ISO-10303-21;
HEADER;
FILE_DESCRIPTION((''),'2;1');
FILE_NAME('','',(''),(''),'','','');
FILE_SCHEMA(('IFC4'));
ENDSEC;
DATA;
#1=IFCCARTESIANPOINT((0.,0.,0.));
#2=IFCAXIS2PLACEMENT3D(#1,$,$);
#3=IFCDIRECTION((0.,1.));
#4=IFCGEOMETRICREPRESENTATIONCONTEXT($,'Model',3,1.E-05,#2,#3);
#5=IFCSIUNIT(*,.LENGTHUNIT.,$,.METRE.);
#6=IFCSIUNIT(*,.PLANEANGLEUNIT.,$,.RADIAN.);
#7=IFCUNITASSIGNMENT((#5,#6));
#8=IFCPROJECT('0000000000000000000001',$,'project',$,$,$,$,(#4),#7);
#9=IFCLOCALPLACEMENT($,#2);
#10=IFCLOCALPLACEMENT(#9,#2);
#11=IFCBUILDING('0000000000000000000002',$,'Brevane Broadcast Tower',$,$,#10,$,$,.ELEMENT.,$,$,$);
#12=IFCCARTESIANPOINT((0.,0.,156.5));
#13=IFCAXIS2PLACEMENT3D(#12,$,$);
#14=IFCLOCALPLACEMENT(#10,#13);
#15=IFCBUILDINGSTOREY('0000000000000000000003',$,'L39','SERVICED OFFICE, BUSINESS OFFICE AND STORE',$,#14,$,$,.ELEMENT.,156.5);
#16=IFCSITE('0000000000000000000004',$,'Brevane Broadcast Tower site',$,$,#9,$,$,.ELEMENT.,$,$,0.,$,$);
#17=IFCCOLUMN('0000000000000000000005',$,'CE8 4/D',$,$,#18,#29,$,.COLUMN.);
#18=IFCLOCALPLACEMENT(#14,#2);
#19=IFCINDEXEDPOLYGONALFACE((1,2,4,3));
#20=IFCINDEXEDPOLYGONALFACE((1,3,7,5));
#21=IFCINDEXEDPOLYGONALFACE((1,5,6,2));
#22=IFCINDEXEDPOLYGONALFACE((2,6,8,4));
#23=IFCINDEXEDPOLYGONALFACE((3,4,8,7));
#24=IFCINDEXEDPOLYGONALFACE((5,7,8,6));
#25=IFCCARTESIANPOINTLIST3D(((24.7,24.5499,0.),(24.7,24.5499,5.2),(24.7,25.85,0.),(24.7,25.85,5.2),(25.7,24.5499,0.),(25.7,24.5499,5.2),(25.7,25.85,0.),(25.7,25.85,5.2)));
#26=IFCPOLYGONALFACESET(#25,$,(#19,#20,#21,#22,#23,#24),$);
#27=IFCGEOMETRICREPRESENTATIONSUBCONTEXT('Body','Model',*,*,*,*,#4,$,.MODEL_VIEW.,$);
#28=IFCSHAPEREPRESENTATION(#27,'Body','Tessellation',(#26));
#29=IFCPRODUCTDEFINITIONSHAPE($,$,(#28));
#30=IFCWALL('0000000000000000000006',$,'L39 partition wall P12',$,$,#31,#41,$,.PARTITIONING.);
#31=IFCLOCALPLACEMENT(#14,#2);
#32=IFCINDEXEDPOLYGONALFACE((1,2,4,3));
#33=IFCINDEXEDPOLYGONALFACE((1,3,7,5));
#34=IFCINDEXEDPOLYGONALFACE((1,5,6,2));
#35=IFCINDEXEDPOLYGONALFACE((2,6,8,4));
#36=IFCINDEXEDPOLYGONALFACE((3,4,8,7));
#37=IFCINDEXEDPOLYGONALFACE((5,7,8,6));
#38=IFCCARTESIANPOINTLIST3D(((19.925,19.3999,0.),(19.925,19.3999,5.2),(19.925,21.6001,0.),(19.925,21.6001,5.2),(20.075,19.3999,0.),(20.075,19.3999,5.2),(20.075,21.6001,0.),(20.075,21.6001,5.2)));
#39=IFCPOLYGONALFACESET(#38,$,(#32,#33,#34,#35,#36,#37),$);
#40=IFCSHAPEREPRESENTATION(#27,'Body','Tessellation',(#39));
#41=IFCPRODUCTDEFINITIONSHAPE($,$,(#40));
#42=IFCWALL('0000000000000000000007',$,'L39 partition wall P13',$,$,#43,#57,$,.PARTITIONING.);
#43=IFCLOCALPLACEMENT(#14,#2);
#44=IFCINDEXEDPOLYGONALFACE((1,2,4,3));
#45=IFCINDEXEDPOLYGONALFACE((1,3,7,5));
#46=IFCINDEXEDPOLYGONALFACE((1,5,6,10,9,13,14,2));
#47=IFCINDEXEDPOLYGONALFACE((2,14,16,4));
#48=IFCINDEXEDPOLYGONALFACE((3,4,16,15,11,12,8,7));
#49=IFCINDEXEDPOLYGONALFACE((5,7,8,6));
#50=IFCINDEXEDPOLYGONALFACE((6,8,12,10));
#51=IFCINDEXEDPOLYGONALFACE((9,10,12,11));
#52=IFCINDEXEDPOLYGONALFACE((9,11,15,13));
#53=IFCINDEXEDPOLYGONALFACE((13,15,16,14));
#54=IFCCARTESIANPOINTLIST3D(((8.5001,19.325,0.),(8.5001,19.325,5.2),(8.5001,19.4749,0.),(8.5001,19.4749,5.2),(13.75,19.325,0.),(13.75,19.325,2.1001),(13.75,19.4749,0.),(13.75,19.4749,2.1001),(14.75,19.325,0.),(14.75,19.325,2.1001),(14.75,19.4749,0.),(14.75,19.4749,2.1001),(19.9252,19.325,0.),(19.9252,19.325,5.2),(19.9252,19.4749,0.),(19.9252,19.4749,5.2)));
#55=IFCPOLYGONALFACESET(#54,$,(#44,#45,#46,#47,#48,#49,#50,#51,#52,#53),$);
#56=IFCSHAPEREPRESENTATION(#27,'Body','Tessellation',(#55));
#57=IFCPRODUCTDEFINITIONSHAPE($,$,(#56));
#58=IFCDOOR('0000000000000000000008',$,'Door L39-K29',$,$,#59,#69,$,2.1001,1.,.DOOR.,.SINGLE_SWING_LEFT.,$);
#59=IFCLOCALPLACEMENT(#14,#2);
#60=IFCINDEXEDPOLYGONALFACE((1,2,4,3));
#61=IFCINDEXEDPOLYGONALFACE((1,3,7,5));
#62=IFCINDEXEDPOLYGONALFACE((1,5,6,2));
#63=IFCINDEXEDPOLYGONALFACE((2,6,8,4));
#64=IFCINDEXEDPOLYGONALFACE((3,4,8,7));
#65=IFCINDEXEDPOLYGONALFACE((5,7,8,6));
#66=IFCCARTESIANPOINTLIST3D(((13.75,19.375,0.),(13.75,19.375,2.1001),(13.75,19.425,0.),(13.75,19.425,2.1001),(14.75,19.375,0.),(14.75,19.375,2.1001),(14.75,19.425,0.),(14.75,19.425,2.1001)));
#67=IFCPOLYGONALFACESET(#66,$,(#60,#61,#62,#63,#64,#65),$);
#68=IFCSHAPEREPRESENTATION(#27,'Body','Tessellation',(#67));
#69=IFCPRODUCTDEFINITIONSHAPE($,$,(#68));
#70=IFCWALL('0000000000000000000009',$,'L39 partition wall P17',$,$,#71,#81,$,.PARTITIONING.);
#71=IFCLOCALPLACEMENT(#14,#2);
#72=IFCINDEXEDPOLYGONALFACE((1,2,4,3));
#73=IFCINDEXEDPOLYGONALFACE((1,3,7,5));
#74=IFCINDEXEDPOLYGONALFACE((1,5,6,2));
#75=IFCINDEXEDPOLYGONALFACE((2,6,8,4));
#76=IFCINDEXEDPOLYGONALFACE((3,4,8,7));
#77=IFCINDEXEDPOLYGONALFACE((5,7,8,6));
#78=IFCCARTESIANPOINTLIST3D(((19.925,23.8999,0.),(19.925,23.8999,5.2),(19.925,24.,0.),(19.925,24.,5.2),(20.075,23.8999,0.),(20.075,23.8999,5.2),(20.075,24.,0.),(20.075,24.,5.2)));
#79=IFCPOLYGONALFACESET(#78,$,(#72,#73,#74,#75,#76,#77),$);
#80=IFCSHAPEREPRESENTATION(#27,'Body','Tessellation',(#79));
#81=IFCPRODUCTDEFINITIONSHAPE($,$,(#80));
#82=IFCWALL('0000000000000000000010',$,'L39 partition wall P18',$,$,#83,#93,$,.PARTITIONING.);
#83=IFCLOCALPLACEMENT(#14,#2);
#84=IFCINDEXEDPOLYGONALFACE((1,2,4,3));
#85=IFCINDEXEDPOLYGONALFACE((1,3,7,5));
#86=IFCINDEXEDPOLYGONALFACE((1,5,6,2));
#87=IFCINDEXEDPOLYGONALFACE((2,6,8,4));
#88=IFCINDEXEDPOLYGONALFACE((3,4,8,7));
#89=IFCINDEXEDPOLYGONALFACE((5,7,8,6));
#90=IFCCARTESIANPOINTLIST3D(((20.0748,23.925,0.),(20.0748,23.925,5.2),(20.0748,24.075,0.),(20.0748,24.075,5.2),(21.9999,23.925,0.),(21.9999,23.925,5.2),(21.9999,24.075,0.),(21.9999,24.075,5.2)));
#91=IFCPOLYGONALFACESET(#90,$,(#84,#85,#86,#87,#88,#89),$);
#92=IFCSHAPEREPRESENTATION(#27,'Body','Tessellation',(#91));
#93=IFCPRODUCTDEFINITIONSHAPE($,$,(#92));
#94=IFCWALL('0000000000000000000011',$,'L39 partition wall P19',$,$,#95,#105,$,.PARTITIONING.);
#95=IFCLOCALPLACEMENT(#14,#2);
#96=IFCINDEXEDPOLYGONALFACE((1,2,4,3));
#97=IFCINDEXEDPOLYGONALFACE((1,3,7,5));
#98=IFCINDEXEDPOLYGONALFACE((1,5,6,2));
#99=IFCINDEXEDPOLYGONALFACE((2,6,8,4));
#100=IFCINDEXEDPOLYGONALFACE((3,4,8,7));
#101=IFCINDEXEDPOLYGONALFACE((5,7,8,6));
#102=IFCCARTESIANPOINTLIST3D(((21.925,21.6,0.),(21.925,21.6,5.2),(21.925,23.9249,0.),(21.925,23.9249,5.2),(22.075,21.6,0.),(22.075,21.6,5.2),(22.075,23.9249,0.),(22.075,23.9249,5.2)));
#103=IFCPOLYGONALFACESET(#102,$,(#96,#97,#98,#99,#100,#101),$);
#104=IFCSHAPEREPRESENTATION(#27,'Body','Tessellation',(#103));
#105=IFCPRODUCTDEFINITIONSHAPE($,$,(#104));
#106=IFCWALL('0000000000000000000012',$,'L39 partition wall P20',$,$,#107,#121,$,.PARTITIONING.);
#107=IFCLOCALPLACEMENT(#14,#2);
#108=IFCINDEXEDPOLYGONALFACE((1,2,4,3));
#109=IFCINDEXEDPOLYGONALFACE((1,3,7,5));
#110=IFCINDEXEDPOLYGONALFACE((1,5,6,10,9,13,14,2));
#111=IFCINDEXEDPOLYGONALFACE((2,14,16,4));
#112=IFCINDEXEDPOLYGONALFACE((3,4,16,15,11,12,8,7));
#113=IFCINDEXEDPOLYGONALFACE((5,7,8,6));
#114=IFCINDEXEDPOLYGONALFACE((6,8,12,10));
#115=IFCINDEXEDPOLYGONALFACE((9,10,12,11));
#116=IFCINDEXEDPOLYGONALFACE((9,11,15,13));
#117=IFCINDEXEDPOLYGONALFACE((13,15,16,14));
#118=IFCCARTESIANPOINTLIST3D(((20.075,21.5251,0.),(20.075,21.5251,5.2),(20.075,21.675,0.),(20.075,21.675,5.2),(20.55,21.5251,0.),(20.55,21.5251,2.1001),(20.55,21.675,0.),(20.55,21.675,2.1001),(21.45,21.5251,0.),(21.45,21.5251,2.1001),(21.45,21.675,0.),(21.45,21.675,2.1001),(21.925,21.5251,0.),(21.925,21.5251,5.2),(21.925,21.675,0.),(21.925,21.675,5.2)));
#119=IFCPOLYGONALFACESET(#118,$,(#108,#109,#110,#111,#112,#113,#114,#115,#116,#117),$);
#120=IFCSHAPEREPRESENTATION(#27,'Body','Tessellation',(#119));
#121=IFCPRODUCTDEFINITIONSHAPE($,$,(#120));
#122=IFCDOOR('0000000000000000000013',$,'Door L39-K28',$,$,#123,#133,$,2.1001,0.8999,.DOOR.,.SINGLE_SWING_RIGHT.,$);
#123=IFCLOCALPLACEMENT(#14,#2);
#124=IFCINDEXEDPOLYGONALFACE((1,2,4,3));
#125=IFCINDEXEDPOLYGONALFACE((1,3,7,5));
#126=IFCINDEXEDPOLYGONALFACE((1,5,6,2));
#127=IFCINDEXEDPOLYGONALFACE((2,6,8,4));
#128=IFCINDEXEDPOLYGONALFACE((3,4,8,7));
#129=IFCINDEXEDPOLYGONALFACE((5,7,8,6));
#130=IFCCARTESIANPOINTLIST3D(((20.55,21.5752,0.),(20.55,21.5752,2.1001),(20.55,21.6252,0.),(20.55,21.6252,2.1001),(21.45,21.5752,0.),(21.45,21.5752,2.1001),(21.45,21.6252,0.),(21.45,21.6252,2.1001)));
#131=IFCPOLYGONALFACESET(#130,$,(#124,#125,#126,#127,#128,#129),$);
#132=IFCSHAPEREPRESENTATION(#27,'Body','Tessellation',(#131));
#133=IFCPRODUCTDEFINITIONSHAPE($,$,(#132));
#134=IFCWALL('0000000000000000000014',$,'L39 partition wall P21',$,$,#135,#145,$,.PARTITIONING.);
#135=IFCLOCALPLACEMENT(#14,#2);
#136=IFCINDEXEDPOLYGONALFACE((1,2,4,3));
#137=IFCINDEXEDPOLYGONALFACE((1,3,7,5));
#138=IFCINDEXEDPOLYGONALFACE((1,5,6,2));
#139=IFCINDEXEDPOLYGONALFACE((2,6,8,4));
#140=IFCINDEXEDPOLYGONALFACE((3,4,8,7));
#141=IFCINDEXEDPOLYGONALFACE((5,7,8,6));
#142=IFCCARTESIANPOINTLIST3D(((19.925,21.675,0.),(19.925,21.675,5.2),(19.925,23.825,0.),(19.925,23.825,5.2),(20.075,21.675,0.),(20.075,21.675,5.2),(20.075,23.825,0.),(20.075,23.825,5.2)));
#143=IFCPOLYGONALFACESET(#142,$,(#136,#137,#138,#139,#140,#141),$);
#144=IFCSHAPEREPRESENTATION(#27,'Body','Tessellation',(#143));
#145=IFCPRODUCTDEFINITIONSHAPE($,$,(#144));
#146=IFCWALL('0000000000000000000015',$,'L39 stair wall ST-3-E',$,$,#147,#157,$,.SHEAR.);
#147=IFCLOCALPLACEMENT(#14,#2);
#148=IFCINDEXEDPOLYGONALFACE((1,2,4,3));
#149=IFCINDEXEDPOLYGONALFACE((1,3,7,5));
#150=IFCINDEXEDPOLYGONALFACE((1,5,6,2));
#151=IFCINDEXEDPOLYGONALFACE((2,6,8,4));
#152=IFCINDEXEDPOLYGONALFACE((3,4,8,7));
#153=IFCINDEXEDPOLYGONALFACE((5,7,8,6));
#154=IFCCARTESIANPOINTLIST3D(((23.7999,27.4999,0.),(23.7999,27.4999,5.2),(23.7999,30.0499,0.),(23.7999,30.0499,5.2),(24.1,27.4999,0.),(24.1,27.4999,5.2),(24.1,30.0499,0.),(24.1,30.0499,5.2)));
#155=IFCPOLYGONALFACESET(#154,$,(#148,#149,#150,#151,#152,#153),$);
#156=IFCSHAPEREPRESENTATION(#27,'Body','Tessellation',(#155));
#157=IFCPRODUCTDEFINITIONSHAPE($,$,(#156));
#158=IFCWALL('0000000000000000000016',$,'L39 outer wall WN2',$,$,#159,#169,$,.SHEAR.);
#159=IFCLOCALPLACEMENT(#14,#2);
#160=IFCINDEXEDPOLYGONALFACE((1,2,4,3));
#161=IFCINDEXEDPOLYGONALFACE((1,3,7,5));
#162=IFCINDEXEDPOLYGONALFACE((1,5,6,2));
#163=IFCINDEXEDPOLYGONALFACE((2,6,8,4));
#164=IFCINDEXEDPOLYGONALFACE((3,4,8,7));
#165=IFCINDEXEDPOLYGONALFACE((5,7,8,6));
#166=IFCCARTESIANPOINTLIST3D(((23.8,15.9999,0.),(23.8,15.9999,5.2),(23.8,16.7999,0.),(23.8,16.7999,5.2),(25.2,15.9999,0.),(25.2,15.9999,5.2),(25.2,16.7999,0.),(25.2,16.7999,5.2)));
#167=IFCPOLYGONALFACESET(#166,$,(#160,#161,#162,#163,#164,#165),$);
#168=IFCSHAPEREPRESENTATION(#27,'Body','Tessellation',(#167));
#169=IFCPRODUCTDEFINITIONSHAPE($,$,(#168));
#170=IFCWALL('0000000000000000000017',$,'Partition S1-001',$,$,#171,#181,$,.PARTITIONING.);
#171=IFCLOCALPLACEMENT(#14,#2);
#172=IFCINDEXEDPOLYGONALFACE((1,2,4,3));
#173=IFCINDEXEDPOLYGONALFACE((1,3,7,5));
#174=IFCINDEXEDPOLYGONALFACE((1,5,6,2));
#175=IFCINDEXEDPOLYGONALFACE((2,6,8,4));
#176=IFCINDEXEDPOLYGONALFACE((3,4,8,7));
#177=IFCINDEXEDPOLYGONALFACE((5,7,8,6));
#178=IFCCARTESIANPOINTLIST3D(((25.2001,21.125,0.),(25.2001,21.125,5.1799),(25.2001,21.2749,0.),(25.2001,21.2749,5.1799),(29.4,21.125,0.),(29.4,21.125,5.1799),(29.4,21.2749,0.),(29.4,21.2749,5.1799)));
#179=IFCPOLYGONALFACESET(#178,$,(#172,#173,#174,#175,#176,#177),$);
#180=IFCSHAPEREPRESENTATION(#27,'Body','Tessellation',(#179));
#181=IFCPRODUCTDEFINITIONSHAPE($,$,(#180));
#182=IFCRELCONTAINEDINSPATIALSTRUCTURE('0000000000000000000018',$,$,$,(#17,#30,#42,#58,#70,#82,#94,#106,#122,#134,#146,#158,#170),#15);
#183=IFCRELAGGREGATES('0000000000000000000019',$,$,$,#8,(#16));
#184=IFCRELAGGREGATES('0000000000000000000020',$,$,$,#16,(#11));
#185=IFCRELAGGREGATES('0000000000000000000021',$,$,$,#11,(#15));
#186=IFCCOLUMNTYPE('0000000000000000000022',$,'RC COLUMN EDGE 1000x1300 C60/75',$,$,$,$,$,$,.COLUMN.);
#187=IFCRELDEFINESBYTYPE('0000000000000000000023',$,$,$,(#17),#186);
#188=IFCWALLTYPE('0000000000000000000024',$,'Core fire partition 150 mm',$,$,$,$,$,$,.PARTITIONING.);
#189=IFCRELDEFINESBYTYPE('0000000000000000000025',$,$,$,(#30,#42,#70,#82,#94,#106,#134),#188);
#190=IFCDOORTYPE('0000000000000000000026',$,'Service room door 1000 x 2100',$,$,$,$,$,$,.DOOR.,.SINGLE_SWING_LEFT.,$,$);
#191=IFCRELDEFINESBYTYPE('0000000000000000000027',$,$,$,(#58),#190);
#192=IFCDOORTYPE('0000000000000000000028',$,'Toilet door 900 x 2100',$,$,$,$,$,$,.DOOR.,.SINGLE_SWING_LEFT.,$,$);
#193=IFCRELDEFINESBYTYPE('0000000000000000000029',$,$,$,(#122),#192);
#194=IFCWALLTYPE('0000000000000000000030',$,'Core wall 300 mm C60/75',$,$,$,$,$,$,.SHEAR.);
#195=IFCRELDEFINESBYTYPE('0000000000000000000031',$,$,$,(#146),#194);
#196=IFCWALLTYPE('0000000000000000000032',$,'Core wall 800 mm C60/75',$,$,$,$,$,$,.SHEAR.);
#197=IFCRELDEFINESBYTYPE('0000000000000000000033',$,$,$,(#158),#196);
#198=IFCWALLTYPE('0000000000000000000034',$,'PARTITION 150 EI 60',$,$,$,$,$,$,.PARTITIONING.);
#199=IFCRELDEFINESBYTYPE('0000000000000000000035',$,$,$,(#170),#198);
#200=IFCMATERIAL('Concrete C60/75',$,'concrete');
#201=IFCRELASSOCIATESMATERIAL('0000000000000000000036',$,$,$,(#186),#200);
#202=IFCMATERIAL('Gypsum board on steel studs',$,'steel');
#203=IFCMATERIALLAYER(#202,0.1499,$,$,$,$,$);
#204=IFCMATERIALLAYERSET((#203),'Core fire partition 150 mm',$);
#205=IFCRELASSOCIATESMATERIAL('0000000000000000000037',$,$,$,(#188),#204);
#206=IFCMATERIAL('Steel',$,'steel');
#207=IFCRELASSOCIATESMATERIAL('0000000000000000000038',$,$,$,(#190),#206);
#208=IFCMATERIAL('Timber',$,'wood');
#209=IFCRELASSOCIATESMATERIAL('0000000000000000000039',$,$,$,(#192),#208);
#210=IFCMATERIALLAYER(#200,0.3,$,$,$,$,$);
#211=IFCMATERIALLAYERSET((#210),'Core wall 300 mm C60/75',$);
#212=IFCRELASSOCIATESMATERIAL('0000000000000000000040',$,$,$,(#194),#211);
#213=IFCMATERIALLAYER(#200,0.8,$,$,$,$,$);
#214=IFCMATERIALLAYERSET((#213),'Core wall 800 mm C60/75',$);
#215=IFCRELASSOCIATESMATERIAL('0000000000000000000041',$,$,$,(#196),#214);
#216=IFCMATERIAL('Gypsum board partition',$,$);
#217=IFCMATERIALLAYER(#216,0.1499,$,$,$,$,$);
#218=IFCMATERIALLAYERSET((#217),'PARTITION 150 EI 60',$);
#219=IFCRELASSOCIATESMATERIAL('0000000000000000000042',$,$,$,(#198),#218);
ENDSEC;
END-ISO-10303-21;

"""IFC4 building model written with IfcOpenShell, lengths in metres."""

from ifc_helpers import new_model, si_unit, direction, frame, frame_2d, origin, origin_2d, place, context, subcontext, project, spatial, rectangle, extrude, material, layer, layer_set, material_profile, profile_set, type_object, element, fill, save


model = new_model("IFC4")

# Units and contexts
model_context = context("Model", 3, precision=1e-05, world=origin(), true_north=direction((0.0, 1.0)))
body_context = subcontext(model_context, "Body", "Model", "MODEL_VIEW")
ifc_project = project(units=[si_unit("LENGTHUNIT", "METRE"), si_unit("PLANEANGLEUNIT", "RADIAN")], contexts=[model_context])

# Site, building, storey
site_placement = place(None, origin())
site = spatial("IfcSite", under=ifc_project, at=site_placement, Name="Brevane Broadcast Tower site", CompositionType="ELEMENT", RefElevation=0.0)
building_placement = place(site_placement, origin())
building = spatial("IfcBuilding", under=site, at=building_placement, Name="Brevane Broadcast Tower", CompositionType="ELEMENT")
storey_placement = place(building_placement, frame((0.0, 0.0, 156.5)))
storey = spatial("IfcBuildingStorey", under=building, at=storey_placement, Name="L39", Description="SERVICED OFFICE, BUSINESS OFFICE AND STORE", CompositionType="ELEMENT", Elevation=156.5)

# Column
ifc_material_1 = material(Name="Concrete C60/75", Category="concrete")
ifc_material_profile = material_profile(ifc_material_1, rectangle(XDim=1.0, YDim=1.3, at=origin_2d()), Name="RC 1000x1300")
ifc_profile_set = profile_set([ifc_material_profile], Name="Concrete C60/75")
column_type = type_object("IfcColumnType", Name="RC COLUMN EDGE 1000x1300 C60/75", PredefinedType="COLUMN", material=ifc_profile_set)
column_placement = place(storey_placement, frame((25.2, 25.2, 0.0), z_axis=(0.0, 0.0, 1.0), x_axis=(1.0, 0.0, 0.0)))
element("IfcColumn", 1, at=column_placement, inside=storey, type_object=column_type, Name="CE8 4/D", PredefinedType="COLUMN", context=body_context, shape_type="SweptSolid", body=[
    extrude(rectangle(XDim=1.0, YDim=1.3, at=origin_2d()), origin(), (0.0, 0.0, 1.0), 5.2),
])

# Wall
ifc_material_2 = material(Name="Gypsum board on steel studs", Category="steel")
ifc_layer_1 = layer(ifc_material_2, 0.1499)
ifc_layer_set_1 = layer_set([ifc_layer_1], Name="Core fire partition 150 mm")
wall_type_1 = type_object("IfcWallType", Name="Core fire partition 150 mm", PredefinedType="PARTITIONING", material=ifc_layer_set_1)
wall_1_placement = place(storey_placement, frame((20.0, 21.6001, 0.0), z_axis=(0.0, 0.0, 1.0), x_axis=(0.0, -1.0, 0.0)))
element("IfcWall", 2, at=wall_1_placement, inside=storey, type_object=wall_type_1, Name="L39 partition wall P12", PredefinedType="PARTITIONING", context=body_context, shape_type="SweptSolid", body=[
    extrude(rectangle(XDim=2.2002, YDim=0.1499, at=frame_2d((1.1001, 0.0))), origin(), (0.0, 0.0, 1.0), 5.2),
])

# Wall, opening, door
wall_2_placement = place(storey_placement, frame((19.925, 19.3999, 0.0), z_axis=(0.0, 0.0, 1.0), x_axis=(-1.0, 0.0, 0.0)))
wall_2 = element("IfcWall", 3, at=wall_2_placement, inside=storey, type_object=wall_type_1, Name="L39 partition wall P13", PredefinedType="PARTITIONING", context=body_context, shape_type="SweptSolid", body=[
    extrude(rectangle(XDim=11.425, YDim=0.1499, at=frame_2d((5.7124, 0.0))), origin(), (0.0, 0.0, 1.0), 5.2),
])
opening_1_placement = place(wall_2_placement, frame((5.175, 0.0, 0.0)))
opening_1 = element("IfcOpeningElement", 4, at=opening_1_placement, cuts=wall_2, PredefinedType="OPENING", context=body_context, shape_type="SweptSolid", body=[
    extrude(rectangle(XDim=1.0, YDim=2.1001, at=frame_2d((0.5, 1.05))), frame((0.0, 0.085, 0.0), z_axis=(0.0, -1.0, 0.0), x_axis=(1.0, 0.0, 0.0)), (0.0, 0.0, 1.0), 0.1699),
])
ifc_material_3 = material(Name="Steel", Category="steel")
door_type_1 = type_object("IfcDoorType", Name="Service room door 1000 x 2100", OperationType="SINGLE_SWING_LEFT", PredefinedType="DOOR", material=ifc_material_3)
door_1_placement = place(opening_1_placement, origin())
door_1 = element("IfcDoor", 5, at=door_1_placement, inside=storey, type_object=door_type_1, Name="Door L39-K29", OperationType="SINGLE_SWING_LEFT", OverallHeight=2.1001, OverallWidth=1.0, PredefinedType="DOOR", context=body_context, shape_type="SweptSolid", body=[
    extrude(rectangle(XDim=1.0, YDim=2.1001, at=frame_2d((0.5, 1.05))), frame((0.0, 0.0249, 0.0), z_axis=(0.0, -1.0, 0.0), x_axis=(1.0, 0.0, 0.0)), (0.0, 0.0, 1.0), 0.05),
])
fill(opening_1, door_1)

# Walls
wall_3_placement = place(storey_placement, frame((20.0, 23.8999, 0.0), z_axis=(0.0, 0.0, 1.0), x_axis=(0.0, 1.0, 0.0)))
element("IfcWall", 6, at=wall_3_placement, inside=storey, type_object=wall_type_1, Name="L39 partition wall P17", PredefinedType="PARTITIONING", context=body_context, shape_type="SweptSolid", body=[
    extrude(rectangle(XDim=0.1001, YDim=0.1499, at=frame_2d((0.05, 0.0))), origin(), (0.0, 0.0, 1.0), 5.2),
])
wall_4_placement = place(storey_placement, frame((20.075, 24.0, 0.0), z_axis=(0.0, 0.0, 1.0), x_axis=(1.0, 0.0, 0.0)))
element("IfcWall", 7, at=wall_4_placement, inside=storey, type_object=wall_type_1, Name="L39 partition wall P18", PredefinedType="PARTITIONING", context=body_context, shape_type="SweptSolid", body=[
    extrude(rectangle(XDim=1.925, YDim=0.1499, at=frame_2d((0.9624, 0.0))), origin(), (0.0, 0.0, 1.0), 5.2),
])
wall_5_placement = place(storey_placement, frame((22.0, 23.925, 0.0), z_axis=(0.0, 0.0, 1.0), x_axis=(0.0, -1.0, 0.0)))
element("IfcWall", 8, at=wall_5_placement, inside=storey, type_object=wall_type_1, Name="L39 partition wall P19", PredefinedType="PARTITIONING", context=body_context, shape_type="SweptSolid", body=[
    extrude(rectangle(XDim=2.325, YDim=0.1499, at=frame_2d((1.1626, 0.0))), origin(), (0.0, 0.0, 1.0), 5.2),
])

# Wall, opening, door
wall_6_placement = place(storey_placement, frame((21.925, 21.6001, 0.0), z_axis=(0.0, 0.0, 1.0), x_axis=(-1.0, 0.0, 0.0)))
wall_6 = element("IfcWall", 9, at=wall_6_placement, inside=storey, type_object=wall_type_1, Name="L39 partition wall P20", PredefinedType="PARTITIONING", context=body_context, shape_type="SweptSolid", body=[
    extrude(rectangle(XDim=1.8501, YDim=0.1499, at=frame_2d((0.925, 0.0))), origin(), (0.0, 0.0, 1.0), 5.2),
])
opening_2_placement = place(wall_6_placement, frame((0.4751, 0.0, 0.0)))
opening_2 = element("IfcOpeningElement", 10, at=opening_2_placement, cuts=wall_6, PredefinedType="OPENING", context=body_context, shape_type="SweptSolid", body=[
    extrude(rectangle(XDim=0.8999, YDim=2.1001, at=frame_2d((0.45, 1.05))), frame((0.0, 0.085, 0.0), z_axis=(0.0, -1.0, 0.0), x_axis=(1.0, 0.0, 0.0)), (0.0, 0.0, 1.0), 0.1699),
])
ifc_material_4 = material(Name="Timber", Category="wood")
door_type_2 = type_object("IfcDoorType", Name="Toilet door 900 x 2100", OperationType="SINGLE_SWING_LEFT", PredefinedType="DOOR", material=ifc_material_4)
door_2_placement = place(opening_2_placement, origin())
door_2 = element("IfcDoor", 11, at=door_2_placement, inside=storey, type_object=door_type_2, Name="Door L39-K28", OperationType="SINGLE_SWING_RIGHT", OverallHeight=2.1001, OverallWidth=0.8999, PredefinedType="DOOR", context=body_context, shape_type="SweptSolid", body=[
    extrude(rectangle(XDim=0.8999, YDim=2.1001, at=frame_2d((0.45, 1.05))), frame((0.0, 0.0249, 0.0), z_axis=(0.0, -1.0, 0.0), x_axis=(1.0, 0.0, 0.0)), (0.0, 0.0, 1.0), 0.05),
])
fill(opening_2, door_2)

# Walls
wall_7_placement = place(storey_placement, frame((20.0, 21.675, 0.0), z_axis=(0.0, 0.0, 1.0), x_axis=(0.0, 1.0, 0.0)))
element("IfcWall", 12, at=wall_7_placement, inside=storey, type_object=wall_type_1, Name="L39 partition wall P21", PredefinedType="PARTITIONING", context=body_context, shape_type="SweptSolid", body=[
    extrude(rectangle(XDim=2.1499, YDim=0.1499, at=frame_2d((1.075, 0.0))), origin(), (0.0, 0.0, 1.0), 5.2),
])
ifc_layer_2 = layer(ifc_material_1, 0.3)
ifc_layer_set_2 = layer_set([ifc_layer_2], Name="Core wall 300 mm C60/75")
wall_type_2 = type_object("IfcWallType", Name="Core wall 300 mm C60/75", PredefinedType="SHEAR", material=ifc_layer_set_2)
wall_8_placement = place(storey_placement, frame((23.95, 27.5, 0.0), z_axis=(0.0, 0.0, 1.0), x_axis=(0.0, 1.0, 0.0)))
element("IfcWall", 13, at=wall_8_placement, inside=storey, type_object=wall_type_2, Name="L39 stair wall ST-3-E", PredefinedType="SHEAR", context=body_context, shape_type="SweptSolid", body=[
    extrude(rectangle(XDim=2.55, YDim=0.3, at=frame_2d((1.2749, 0.0))), origin(), (0.0, 0.0, 1.0), 5.2),
])
ifc_layer_3 = layer(ifc_material_1, 0.8)
ifc_layer_set_3 = layer_set([ifc_layer_3], Name="Core wall 800 mm C60/75")
wall_type_3 = type_object("IfcWallType", Name="Core wall 800 mm C60/75", PredefinedType="SHEAR", material=ifc_layer_set_3)
wall_9_placement = place(storey_placement, frame((23.8, 16.3999, 0.0), z_axis=(0.0, 0.0, 1.0), x_axis=(1.0, 0.0, 0.0)))
element("IfcWall", 14, at=wall_9_placement, inside=storey, type_object=wall_type_3, Name="L39 outer wall WN2", PredefinedType="SHEAR", context=body_context, shape_type="SweptSolid", body=[
    extrude(rectangle(XDim=1.3999, YDim=0.8, at=frame_2d((0.7, 0.0))), origin(), (0.0, 0.0, 1.0), 5.2),
])
ifc_material_5 = material(Name="Gypsum board partition")
ifc_layer_4 = layer(ifc_material_5, 0.1499)
ifc_layer_set_4 = layer_set([ifc_layer_4], Name="PARTITION 150 EI 60")
wall_type_4 = type_object("IfcWallType", Name="PARTITION 150 EI 60", PredefinedType="PARTITIONING", material=ifc_layer_set_4)
wall_10_placement = place(storey_placement, frame((25.2, 21.2, 0.0), z_axis=(0.0, 0.0, 1.0), x_axis=(1.0, 0.0, 0.0)))
element("IfcWall", 15, at=wall_10_placement, inside=storey, type_object=wall_type_4, Name="Partition S1-001", PredefinedType="PARTITIONING", context=body_context, shape_type="SweptSolid", body=[
    extrude(rectangle(XDim=4.2, YDim=0.1499, at=frame_2d((2.1001, 0.0))), origin(), (0.0, 0.0, 1.0), 5.1799),
])

save(model, "model.ifc")
